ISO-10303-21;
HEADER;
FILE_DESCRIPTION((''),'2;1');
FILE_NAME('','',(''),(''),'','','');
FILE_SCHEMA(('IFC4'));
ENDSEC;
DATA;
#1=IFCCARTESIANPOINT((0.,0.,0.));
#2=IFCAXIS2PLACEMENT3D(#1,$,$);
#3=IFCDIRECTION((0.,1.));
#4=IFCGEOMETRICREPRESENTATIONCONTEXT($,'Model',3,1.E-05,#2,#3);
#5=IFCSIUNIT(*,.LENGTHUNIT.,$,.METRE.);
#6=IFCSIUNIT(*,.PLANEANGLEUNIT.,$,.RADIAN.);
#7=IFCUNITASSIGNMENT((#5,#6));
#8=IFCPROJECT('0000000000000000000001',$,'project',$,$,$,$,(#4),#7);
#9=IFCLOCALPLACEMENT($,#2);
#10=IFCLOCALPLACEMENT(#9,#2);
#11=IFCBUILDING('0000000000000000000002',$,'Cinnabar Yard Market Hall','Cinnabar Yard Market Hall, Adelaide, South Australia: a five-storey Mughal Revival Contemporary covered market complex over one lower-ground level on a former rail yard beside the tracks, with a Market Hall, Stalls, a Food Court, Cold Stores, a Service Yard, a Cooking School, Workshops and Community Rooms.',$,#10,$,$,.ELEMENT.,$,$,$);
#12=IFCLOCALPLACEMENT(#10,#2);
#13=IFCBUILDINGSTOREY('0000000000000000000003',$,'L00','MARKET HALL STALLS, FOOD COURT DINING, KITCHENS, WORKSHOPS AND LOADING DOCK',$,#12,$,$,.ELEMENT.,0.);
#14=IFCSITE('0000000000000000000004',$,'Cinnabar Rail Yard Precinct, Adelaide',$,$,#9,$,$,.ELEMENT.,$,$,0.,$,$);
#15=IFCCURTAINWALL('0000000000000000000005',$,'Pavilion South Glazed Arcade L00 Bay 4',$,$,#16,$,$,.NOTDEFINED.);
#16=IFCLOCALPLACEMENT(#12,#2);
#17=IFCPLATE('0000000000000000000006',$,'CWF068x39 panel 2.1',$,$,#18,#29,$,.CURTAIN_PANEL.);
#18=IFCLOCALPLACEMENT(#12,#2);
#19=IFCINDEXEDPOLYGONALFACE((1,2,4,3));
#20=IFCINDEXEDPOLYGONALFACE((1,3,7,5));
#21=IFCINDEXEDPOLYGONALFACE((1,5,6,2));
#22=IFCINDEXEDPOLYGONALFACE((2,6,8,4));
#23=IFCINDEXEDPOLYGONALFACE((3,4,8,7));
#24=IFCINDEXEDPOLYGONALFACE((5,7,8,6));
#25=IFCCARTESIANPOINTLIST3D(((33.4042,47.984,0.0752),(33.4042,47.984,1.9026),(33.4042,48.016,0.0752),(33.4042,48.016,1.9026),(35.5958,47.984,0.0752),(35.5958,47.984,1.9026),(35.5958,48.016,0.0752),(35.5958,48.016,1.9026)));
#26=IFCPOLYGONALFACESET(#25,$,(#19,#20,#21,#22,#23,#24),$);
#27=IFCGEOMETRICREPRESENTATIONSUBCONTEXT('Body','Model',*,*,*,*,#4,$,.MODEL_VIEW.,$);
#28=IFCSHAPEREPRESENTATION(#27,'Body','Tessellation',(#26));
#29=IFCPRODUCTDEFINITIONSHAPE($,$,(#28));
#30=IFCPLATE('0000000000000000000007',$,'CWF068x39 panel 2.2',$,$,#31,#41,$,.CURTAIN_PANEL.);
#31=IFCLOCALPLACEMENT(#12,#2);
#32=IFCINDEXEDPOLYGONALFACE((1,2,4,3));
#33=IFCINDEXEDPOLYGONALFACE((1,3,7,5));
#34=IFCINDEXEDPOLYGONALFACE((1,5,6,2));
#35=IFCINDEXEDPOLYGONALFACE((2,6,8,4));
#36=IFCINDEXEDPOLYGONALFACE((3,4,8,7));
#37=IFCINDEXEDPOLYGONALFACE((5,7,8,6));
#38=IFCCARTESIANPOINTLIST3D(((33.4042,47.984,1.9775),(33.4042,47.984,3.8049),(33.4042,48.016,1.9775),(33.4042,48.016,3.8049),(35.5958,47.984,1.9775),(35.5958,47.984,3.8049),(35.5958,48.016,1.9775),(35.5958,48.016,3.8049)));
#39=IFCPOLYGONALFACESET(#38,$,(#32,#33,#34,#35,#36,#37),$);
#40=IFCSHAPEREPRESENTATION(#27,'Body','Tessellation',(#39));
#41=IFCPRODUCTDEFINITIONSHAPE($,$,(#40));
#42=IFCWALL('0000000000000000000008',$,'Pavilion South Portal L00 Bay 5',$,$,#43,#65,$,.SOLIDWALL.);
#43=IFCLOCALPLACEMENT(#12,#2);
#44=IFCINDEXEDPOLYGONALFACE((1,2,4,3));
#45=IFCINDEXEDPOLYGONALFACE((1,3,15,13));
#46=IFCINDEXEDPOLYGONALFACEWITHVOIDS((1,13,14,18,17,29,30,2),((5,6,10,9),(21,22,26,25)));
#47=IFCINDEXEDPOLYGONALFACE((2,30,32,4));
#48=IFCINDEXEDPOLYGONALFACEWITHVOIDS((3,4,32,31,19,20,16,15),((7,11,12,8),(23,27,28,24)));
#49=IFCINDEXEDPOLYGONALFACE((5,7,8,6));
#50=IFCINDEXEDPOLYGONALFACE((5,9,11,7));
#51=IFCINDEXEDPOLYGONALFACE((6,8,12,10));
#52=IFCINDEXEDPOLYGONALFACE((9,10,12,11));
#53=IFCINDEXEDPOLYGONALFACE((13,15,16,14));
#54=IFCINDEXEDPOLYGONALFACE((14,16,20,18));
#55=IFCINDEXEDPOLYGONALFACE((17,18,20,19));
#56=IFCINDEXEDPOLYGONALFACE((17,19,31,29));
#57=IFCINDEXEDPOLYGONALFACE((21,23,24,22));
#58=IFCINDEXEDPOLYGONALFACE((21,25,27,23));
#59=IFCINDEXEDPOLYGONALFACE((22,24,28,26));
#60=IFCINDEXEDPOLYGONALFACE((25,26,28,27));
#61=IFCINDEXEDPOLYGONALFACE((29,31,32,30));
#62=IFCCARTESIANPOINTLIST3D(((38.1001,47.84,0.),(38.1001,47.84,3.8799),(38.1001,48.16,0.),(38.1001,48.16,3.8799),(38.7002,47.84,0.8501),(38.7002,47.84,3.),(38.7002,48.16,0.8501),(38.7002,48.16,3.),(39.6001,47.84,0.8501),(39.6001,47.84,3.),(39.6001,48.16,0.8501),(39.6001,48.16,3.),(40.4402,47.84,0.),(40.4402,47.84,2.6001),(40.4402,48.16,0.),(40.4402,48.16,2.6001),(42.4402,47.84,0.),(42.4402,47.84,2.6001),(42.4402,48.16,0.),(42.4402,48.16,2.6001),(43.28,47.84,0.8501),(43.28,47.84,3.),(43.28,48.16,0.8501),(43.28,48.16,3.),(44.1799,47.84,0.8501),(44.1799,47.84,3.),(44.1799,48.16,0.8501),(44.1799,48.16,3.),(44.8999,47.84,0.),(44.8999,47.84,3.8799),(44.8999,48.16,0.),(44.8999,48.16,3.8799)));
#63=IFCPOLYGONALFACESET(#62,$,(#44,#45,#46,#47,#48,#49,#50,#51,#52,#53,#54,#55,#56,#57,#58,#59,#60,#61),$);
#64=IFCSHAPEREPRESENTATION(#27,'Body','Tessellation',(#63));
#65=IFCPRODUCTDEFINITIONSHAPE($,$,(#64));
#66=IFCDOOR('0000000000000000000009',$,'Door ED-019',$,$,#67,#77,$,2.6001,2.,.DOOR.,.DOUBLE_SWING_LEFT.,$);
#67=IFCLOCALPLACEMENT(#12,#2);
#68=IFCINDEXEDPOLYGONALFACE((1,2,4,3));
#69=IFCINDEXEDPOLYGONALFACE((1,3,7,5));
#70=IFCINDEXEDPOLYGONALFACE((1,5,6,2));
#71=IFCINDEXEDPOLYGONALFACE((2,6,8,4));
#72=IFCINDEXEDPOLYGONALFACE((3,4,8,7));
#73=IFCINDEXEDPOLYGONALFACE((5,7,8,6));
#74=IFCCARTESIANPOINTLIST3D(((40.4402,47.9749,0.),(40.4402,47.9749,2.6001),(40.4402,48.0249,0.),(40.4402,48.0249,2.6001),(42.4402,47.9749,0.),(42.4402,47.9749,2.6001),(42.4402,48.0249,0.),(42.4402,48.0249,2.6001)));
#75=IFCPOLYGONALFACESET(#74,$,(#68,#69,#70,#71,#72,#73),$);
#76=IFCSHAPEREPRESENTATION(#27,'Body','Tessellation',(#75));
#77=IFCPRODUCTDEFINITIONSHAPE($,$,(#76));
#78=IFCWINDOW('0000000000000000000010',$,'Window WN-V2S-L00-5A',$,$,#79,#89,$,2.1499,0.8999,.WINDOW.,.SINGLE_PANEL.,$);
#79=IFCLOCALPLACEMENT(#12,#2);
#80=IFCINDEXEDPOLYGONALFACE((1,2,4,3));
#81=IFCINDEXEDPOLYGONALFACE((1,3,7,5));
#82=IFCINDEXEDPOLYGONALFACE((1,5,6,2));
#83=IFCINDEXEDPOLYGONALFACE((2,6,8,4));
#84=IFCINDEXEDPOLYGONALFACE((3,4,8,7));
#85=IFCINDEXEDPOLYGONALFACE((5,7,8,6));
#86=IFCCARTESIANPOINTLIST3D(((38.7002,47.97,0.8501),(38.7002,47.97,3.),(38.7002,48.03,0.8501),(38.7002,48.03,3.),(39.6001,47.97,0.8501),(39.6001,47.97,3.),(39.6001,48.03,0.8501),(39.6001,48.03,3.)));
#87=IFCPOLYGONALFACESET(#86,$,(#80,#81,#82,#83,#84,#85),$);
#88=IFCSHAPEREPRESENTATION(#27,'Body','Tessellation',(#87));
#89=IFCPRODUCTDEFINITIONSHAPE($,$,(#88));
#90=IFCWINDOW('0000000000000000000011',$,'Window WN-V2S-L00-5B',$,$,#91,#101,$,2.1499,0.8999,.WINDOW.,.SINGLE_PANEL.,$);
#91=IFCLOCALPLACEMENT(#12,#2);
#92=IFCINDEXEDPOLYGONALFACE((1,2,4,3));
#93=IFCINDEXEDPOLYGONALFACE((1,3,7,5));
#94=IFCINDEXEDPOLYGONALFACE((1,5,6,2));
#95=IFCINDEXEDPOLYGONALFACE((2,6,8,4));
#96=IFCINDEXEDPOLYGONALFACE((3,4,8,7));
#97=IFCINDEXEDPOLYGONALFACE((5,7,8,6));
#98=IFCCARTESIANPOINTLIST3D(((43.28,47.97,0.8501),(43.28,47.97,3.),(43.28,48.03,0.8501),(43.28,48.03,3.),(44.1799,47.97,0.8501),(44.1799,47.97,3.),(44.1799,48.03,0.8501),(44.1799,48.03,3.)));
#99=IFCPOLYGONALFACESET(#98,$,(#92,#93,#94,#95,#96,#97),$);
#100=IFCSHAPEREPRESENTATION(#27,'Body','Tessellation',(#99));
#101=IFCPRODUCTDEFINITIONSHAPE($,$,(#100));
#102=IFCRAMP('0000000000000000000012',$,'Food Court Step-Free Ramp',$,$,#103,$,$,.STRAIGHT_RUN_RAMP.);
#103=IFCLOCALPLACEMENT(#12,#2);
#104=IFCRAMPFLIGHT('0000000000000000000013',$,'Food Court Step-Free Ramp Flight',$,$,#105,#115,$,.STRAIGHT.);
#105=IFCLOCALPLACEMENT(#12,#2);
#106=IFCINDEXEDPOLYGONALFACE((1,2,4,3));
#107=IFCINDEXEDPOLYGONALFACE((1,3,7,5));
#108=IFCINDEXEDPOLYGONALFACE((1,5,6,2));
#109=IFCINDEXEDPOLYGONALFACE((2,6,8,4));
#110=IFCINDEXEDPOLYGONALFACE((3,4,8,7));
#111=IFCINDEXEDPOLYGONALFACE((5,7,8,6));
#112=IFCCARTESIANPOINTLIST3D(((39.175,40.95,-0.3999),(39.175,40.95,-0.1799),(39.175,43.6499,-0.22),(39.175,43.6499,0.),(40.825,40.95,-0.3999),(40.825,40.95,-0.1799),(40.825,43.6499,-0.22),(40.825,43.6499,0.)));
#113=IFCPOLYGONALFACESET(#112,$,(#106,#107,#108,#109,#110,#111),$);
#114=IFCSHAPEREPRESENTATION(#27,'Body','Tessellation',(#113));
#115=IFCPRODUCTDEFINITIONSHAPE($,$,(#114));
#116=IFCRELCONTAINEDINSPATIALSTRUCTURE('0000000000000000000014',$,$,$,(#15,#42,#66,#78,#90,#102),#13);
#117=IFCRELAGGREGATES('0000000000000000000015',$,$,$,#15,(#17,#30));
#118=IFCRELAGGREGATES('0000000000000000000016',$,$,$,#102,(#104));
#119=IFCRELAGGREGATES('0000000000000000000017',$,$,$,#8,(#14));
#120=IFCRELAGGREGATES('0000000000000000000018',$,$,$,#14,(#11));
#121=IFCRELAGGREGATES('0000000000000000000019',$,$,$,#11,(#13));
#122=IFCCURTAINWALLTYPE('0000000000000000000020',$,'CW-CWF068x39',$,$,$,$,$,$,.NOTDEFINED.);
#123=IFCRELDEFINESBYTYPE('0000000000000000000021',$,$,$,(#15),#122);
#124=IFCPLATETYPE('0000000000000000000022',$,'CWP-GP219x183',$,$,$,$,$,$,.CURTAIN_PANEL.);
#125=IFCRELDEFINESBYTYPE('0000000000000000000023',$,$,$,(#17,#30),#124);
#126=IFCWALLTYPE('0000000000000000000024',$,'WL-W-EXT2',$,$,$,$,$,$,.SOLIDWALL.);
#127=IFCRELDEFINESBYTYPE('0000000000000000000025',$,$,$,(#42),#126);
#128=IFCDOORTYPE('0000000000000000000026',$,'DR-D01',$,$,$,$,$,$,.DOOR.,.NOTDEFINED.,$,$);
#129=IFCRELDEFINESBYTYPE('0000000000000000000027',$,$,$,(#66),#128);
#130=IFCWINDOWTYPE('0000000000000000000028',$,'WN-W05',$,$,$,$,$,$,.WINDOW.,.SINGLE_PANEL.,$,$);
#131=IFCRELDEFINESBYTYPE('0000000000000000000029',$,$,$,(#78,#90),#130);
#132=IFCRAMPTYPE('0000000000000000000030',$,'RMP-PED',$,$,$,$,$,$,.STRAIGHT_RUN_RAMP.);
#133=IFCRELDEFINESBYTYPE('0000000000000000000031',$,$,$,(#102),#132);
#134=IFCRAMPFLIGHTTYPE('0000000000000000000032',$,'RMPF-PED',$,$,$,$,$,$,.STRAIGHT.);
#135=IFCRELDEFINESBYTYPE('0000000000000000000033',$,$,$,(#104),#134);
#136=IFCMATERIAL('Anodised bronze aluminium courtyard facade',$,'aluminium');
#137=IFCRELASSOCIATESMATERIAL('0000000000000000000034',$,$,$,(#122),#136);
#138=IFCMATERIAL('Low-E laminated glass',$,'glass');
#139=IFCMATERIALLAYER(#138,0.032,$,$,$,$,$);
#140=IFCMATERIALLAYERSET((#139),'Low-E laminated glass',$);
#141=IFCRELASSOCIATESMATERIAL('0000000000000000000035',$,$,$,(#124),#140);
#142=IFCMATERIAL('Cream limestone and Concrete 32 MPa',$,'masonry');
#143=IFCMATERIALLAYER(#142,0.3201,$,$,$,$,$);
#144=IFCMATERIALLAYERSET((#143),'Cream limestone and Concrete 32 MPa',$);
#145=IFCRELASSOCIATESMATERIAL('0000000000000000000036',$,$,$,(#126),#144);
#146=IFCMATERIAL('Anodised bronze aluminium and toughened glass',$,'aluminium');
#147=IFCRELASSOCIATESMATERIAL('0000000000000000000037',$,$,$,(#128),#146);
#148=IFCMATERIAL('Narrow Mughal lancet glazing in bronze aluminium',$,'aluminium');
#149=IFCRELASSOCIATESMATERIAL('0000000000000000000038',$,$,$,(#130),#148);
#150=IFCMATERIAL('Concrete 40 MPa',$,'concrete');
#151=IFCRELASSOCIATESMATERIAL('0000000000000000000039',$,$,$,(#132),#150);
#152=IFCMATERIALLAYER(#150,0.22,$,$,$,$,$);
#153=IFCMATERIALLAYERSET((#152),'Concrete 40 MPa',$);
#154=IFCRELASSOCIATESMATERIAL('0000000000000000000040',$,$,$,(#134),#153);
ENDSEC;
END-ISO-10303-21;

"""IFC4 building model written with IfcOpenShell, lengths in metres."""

from ifc_helpers import new_model, si_unit, direction, frame, frame_2d, origin, origin_2d_with_axis, place, context, subcontext, project, spatial, polyline, rectangle, outline, extrude, material, layer, layer_set, type_object, element, fill, aggregate, save


model = new_model("IFC4")

# Units and contexts
model_context = context("Model", 3, precision=1e-05, world=origin(), true_north=direction((0.0, 1.0)))
body_context = subcontext(model_context, "Body", "Model", "MODEL_VIEW")
ifc_project = project(units=[si_unit("LENGTHUNIT", "METRE"), si_unit("PLANEANGLEUNIT", "RADIAN")], contexts=[model_context])

# Site, building, storey
site_placement = place(None, origin())
site = spatial("IfcSite", under=ifc_project, at=site_placement, Name="Cinnabar Rail Yard Precinct, Adelaide", CompositionType="ELEMENT", RefElevation=0.0)
building_placement = place(site_placement, origin())
building = spatial("IfcBuilding", under=site, at=building_placement, Name="Cinnabar Yard Market Hall", Description="Cinnabar Yard Market Hall, Adelaide, South Australia: a five-storey Mughal Revival Contemporary covered market complex over one lower-ground level on a former rail yard beside the tracks, with a Market Hall, Stalls, a Food Court, Cold Stores, a Service Yard, a Cooking School, Workshops and Community Rooms.", CompositionType="ELEMENT")
storey_placement = place(building_placement, origin())
storey = spatial("IfcBuildingStorey", under=building, at=storey_placement, Name="L00", Description="MARKET HALL STALLS, FOOD COURT DINING, KITCHENS, WORKSHOPS AND LOADING DOCK", CompositionType="ELEMENT", Elevation=0.0)

# Shared definitions
ifc_material_1 = material(Name="Concrete 40 MPa", Category="concrete")

# Curtain wall
ifc_material_2 = material(Name="Anodised bronze aluminium courtyard facade", Category="aluminium")
curtain_wall_type = type_object("IfcCurtainWallType", Name="CW-CWF068x39", PredefinedType="NOTDEFINED", material=ifc_material_2)
curtain_wall_1_placement = place(storey_placement, origin())
curtain_wall_1 = element("IfcCurtainWall", 1, at=curtain_wall_1_placement, inside=storey, type_object=curtain_wall_type, Name="Pavilion South Glazed Arcade L00 Bay 4", PredefinedType="NOTDEFINED")

# Plates
ifc_material_3 = material(Name="Low-E laminated glass", Category="glass")
ifc_layer_1 = layer(ifc_material_3, 0.032)
ifc_layer_set_1 = layer_set([ifc_layer_1], Name="Low-E laminated glass")
plate_type_1 = type_object("IfcPlateType", Name="CWP-GP219x183", PredefinedType="CURTAIN_PANEL", material=ifc_layer_set_1)
plate_1_placement = place(storey_placement, frame((34.5, 48.0, 0.0752), z_axis=(0.0, 0.0, 1.0), x_axis=(1.0, 0.0, 0.0)))
plate_1 = element("IfcPlate", 2, at=plate_1_placement, type_object=plate_type_1, Name="CWF068x39 panel 2.1", PredefinedType="CURTAIN_PANEL", context=body_context, shape_type="SweptSolid", body=[
    extrude(rectangle(XDim=2.1917, YDim=0.032, at=origin_2d_with_axis()), origin(), (0.0, 0.0, 1.0), 1.8274),
])
plate_2_placement = place(storey_placement, frame((34.5, 48.0, 1.9775), z_axis=(0.0, 0.0, 1.0), x_axis=(1.0, 0.0, 0.0)))
plate_2 = element("IfcPlate", 3, at=plate_2_placement, type_object=plate_type_1, Name="CWF068x39 panel 2.2", PredefinedType="CURTAIN_PANEL", context=body_context, shape_type="SweptSolid", body=[
    extrude(rectangle(XDim=2.1917, YDim=0.032, at=origin_2d_with_axis()), origin(), (0.0, 0.0, 1.0), 1.8274),
])
aggregate(curtain_wall_1, [plate_1, plate_2])

# Wall, openings, door, windows
ifc_material_4 = material(Name="Cream limestone and Concrete 32 MPa", Category="masonry")
ifc_layer_2 = layer(ifc_material_4, 0.3201)
ifc_layer_set_2 = layer_set([ifc_layer_2], Name="Cream limestone and Concrete 32 MPa")
wall_type = type_object("IfcWallType", Name="WL-W-EXT2", PredefinedType="SOLIDWALL", material=ifc_layer_set_2)
wall_placement = place(storey_placement, frame((38.1001, 48.0, 0.0), z_axis=(0.0, 0.0, 1.0), x_axis=(1.0, 0.0, 0.0)))
wall = element("IfcWall", 4, at=wall_placement, inside=storey, type_object=wall_type, Name="Pavilion South Portal L00 Bay 5", PredefinedType="SOLIDWALL", context=body_context, shape_type="SweptSolid", body=[
    extrude(rectangle(XDim=6.7998, YDim=0.3201, at=frame_2d((3.3999, 0.0), x_axis=(1.0, 0.0))), origin(), (0.0, 0.0, 1.0), 3.8799),
])
opening_1_placement = place(wall_placement, frame((2.3401, 0.0, 0.0)))
opening_1 = element("IfcOpeningElement", 5, at=opening_1_placement, cuts=wall, PredefinedType="OPENING", context=body_context, shape_type="SweptSolid", body=[
    extrude(rectangle(XDim=2.0, YDim=2.6001, at=frame_2d((1.0, 1.3), x_axis=(1.0, 0.0))), frame((0.0, 0.1699, 0.0), z_axis=(0.0, -1.0, 0.0), x_axis=(1.0, 0.0, 0.0)), (0.0, 0.0, 1.0), 0.3401),
])
opening_2_placement = place(wall_placement, frame((0.6001, 0.0, 0.8501)))
opening_2 = element("IfcOpeningElement", 6, at=opening_2_placement, cuts=wall, PredefinedType="OPENING", context=body_context, shape_type="SweptSolid", body=[
    extrude(rectangle(XDim=0.8999, YDim=2.1499, at=frame_2d((0.45, 1.075), x_axis=(1.0, 0.0))), frame((0.0, 0.1699, 0.0), z_axis=(0.0, -1.0, 0.0), x_axis=(1.0, 0.0, 0.0)), (0.0, 0.0, 1.0), 0.3401),
])
opening_3_placement = place(wall_placement, frame((5.1799, 0.0, 0.8501)))
opening_3 = element("IfcOpeningElement", 7, at=opening_3_placement, cuts=wall, PredefinedType="OPENING", context=body_context, shape_type="SweptSolid", body=[
    extrude(rectangle(XDim=0.8999, YDim=2.1499, at=frame_2d((0.45, 1.075), x_axis=(1.0, 0.0))), frame((0.0, 0.1699, 0.0), z_axis=(0.0, -1.0, 0.0), x_axis=(1.0, 0.0, 0.0)), (0.0, 0.0, 1.0), 0.3401),
])
ifc_material_5 = material(Name="Anodised bronze aluminium and toughened glass", Category="aluminium")
door_type = type_object("IfcDoorType", Name="DR-D01", OperationType="NOTDEFINED", PredefinedType="DOOR", material=ifc_material_5)
door_placement = place(opening_1_placement, origin())
door = element("IfcDoor", 8, at=door_placement, inside=storey, type_object=door_type, Name="Door ED-019", OperationType="DOUBLE_SWING_LEFT", OverallHeight=2.6001, OverallWidth=2.0, PredefinedType="DOOR", context=body_context, shape_type="SweptSolid", body=[
    extrude(rectangle(XDim=2.0, YDim=2.6001, at=frame_2d((1.0, 1.3), x_axis=(1.0, 0.0))), frame((0.0, 0.0249, 0.0), z_axis=(0.0, -1.0, 0.0), x_axis=(1.0, 0.0, 0.0)), (0.0, 0.0, 1.0), 0.05),
])
fill(opening_1, door)
ifc_material_6 = material(Name="Narrow Mughal lancet glazing in bronze aluminium", Category="aluminium")
window_type = type_object("IfcWindowType", Name="WN-W05", PartitioningType="SINGLE_PANEL", PredefinedType="WINDOW", material=ifc_material_6)
window_1_placement = place(opening_2_placement, origin())
window_1 = element("IfcWindow", 9, at=window_1_placement, inside=storey, type_object=window_type, Name="Window WN-V2S-L00-5A", OverallHeight=2.1499, OverallWidth=0.8999, PartitioningType="SINGLE_PANEL", PredefinedType="WINDOW", context=body_context, shape_type="SweptSolid", body=[
    extrude(rectangle(XDim=0.8999, YDim=2.1499, at=frame_2d((0.45, 1.075), x_axis=(1.0, 0.0))), frame((0.0, 0.03, 0.0), z_axis=(0.0, -1.0, 0.0), x_axis=(1.0, 0.0, 0.0)), (0.0, 0.0, 1.0), 0.0601),
])
fill(opening_2, window_1)
window_2_placement = place(opening_3_placement, origin())
window_2 = element("IfcWindow", 10, at=window_2_placement, inside=storey, type_object=window_type, Name="Window WN-V2S-L00-5B", OverallHeight=2.1499, OverallWidth=0.8999, PartitioningType="SINGLE_PANEL", PredefinedType="WINDOW", context=body_context, shape_type="SweptSolid", body=[
    extrude(rectangle(XDim=0.8999, YDim=2.1499, at=frame_2d((0.45, 1.075), x_axis=(1.0, 0.0))), frame((0.0, 0.03, 0.0), z_axis=(0.0, -1.0, 0.0), x_axis=(1.0, 0.0, 0.0)), (0.0, 0.0, 1.0), 0.0601),
])
fill(opening_3, window_2)

# Ramp, ramp flight
ramp_type = type_object("IfcRampType", Name="RMP-PED", PredefinedType="STRAIGHT_RUN_RAMP", material=ifc_material_1)
ramp_placement = place(storey_placement, origin())
ramp = element("IfcRamp", 11, at=ramp_placement, inside=storey, type_object=ramp_type, Name="Food Court Step-Free Ramp", PredefinedType="STRAIGHT_RUN_RAMP")
ifc_layer_3 = layer(ifc_material_1, 0.22)
ifc_layer_set_3 = layer_set([ifc_layer_3], Name="Concrete 40 MPa")
ramp_flight_type = type_object("IfcRampFlightType", Name="RMPF-PED", PredefinedType="STRAIGHT", material=ifc_layer_set_3)
ramp_flight_placement = place(storey_placement, frame((40.0, 40.95, -0.1799), z_axis=(0.0, 0.0, 1.0), x_axis=(0.0, 1.0, 0.0)))
ramp_flight = element("IfcRampFlight", 12, at=ramp_flight_placement, type_object=ramp_flight_type, Name="Food Court Step-Free Ramp Flight", PredefinedType="STRAIGHT", context=body_context, shape_type="SweptSolid", body=[
    extrude(outline(polyline([(0.0, 0.0), (2.7, 0.1799), (2.7, -0.04), (0.0, -0.22), (0.0, 0.0)])), frame((0.0, 0.825, 0.0), z_axis=(0.0, -1.0, 0.0), x_axis=(1.0, 0.0, 0.0)), (0.0, 0.0, 1.0), 1.6499),
])
aggregate(ramp, [ramp_flight])

save(model, "model.ifc")
